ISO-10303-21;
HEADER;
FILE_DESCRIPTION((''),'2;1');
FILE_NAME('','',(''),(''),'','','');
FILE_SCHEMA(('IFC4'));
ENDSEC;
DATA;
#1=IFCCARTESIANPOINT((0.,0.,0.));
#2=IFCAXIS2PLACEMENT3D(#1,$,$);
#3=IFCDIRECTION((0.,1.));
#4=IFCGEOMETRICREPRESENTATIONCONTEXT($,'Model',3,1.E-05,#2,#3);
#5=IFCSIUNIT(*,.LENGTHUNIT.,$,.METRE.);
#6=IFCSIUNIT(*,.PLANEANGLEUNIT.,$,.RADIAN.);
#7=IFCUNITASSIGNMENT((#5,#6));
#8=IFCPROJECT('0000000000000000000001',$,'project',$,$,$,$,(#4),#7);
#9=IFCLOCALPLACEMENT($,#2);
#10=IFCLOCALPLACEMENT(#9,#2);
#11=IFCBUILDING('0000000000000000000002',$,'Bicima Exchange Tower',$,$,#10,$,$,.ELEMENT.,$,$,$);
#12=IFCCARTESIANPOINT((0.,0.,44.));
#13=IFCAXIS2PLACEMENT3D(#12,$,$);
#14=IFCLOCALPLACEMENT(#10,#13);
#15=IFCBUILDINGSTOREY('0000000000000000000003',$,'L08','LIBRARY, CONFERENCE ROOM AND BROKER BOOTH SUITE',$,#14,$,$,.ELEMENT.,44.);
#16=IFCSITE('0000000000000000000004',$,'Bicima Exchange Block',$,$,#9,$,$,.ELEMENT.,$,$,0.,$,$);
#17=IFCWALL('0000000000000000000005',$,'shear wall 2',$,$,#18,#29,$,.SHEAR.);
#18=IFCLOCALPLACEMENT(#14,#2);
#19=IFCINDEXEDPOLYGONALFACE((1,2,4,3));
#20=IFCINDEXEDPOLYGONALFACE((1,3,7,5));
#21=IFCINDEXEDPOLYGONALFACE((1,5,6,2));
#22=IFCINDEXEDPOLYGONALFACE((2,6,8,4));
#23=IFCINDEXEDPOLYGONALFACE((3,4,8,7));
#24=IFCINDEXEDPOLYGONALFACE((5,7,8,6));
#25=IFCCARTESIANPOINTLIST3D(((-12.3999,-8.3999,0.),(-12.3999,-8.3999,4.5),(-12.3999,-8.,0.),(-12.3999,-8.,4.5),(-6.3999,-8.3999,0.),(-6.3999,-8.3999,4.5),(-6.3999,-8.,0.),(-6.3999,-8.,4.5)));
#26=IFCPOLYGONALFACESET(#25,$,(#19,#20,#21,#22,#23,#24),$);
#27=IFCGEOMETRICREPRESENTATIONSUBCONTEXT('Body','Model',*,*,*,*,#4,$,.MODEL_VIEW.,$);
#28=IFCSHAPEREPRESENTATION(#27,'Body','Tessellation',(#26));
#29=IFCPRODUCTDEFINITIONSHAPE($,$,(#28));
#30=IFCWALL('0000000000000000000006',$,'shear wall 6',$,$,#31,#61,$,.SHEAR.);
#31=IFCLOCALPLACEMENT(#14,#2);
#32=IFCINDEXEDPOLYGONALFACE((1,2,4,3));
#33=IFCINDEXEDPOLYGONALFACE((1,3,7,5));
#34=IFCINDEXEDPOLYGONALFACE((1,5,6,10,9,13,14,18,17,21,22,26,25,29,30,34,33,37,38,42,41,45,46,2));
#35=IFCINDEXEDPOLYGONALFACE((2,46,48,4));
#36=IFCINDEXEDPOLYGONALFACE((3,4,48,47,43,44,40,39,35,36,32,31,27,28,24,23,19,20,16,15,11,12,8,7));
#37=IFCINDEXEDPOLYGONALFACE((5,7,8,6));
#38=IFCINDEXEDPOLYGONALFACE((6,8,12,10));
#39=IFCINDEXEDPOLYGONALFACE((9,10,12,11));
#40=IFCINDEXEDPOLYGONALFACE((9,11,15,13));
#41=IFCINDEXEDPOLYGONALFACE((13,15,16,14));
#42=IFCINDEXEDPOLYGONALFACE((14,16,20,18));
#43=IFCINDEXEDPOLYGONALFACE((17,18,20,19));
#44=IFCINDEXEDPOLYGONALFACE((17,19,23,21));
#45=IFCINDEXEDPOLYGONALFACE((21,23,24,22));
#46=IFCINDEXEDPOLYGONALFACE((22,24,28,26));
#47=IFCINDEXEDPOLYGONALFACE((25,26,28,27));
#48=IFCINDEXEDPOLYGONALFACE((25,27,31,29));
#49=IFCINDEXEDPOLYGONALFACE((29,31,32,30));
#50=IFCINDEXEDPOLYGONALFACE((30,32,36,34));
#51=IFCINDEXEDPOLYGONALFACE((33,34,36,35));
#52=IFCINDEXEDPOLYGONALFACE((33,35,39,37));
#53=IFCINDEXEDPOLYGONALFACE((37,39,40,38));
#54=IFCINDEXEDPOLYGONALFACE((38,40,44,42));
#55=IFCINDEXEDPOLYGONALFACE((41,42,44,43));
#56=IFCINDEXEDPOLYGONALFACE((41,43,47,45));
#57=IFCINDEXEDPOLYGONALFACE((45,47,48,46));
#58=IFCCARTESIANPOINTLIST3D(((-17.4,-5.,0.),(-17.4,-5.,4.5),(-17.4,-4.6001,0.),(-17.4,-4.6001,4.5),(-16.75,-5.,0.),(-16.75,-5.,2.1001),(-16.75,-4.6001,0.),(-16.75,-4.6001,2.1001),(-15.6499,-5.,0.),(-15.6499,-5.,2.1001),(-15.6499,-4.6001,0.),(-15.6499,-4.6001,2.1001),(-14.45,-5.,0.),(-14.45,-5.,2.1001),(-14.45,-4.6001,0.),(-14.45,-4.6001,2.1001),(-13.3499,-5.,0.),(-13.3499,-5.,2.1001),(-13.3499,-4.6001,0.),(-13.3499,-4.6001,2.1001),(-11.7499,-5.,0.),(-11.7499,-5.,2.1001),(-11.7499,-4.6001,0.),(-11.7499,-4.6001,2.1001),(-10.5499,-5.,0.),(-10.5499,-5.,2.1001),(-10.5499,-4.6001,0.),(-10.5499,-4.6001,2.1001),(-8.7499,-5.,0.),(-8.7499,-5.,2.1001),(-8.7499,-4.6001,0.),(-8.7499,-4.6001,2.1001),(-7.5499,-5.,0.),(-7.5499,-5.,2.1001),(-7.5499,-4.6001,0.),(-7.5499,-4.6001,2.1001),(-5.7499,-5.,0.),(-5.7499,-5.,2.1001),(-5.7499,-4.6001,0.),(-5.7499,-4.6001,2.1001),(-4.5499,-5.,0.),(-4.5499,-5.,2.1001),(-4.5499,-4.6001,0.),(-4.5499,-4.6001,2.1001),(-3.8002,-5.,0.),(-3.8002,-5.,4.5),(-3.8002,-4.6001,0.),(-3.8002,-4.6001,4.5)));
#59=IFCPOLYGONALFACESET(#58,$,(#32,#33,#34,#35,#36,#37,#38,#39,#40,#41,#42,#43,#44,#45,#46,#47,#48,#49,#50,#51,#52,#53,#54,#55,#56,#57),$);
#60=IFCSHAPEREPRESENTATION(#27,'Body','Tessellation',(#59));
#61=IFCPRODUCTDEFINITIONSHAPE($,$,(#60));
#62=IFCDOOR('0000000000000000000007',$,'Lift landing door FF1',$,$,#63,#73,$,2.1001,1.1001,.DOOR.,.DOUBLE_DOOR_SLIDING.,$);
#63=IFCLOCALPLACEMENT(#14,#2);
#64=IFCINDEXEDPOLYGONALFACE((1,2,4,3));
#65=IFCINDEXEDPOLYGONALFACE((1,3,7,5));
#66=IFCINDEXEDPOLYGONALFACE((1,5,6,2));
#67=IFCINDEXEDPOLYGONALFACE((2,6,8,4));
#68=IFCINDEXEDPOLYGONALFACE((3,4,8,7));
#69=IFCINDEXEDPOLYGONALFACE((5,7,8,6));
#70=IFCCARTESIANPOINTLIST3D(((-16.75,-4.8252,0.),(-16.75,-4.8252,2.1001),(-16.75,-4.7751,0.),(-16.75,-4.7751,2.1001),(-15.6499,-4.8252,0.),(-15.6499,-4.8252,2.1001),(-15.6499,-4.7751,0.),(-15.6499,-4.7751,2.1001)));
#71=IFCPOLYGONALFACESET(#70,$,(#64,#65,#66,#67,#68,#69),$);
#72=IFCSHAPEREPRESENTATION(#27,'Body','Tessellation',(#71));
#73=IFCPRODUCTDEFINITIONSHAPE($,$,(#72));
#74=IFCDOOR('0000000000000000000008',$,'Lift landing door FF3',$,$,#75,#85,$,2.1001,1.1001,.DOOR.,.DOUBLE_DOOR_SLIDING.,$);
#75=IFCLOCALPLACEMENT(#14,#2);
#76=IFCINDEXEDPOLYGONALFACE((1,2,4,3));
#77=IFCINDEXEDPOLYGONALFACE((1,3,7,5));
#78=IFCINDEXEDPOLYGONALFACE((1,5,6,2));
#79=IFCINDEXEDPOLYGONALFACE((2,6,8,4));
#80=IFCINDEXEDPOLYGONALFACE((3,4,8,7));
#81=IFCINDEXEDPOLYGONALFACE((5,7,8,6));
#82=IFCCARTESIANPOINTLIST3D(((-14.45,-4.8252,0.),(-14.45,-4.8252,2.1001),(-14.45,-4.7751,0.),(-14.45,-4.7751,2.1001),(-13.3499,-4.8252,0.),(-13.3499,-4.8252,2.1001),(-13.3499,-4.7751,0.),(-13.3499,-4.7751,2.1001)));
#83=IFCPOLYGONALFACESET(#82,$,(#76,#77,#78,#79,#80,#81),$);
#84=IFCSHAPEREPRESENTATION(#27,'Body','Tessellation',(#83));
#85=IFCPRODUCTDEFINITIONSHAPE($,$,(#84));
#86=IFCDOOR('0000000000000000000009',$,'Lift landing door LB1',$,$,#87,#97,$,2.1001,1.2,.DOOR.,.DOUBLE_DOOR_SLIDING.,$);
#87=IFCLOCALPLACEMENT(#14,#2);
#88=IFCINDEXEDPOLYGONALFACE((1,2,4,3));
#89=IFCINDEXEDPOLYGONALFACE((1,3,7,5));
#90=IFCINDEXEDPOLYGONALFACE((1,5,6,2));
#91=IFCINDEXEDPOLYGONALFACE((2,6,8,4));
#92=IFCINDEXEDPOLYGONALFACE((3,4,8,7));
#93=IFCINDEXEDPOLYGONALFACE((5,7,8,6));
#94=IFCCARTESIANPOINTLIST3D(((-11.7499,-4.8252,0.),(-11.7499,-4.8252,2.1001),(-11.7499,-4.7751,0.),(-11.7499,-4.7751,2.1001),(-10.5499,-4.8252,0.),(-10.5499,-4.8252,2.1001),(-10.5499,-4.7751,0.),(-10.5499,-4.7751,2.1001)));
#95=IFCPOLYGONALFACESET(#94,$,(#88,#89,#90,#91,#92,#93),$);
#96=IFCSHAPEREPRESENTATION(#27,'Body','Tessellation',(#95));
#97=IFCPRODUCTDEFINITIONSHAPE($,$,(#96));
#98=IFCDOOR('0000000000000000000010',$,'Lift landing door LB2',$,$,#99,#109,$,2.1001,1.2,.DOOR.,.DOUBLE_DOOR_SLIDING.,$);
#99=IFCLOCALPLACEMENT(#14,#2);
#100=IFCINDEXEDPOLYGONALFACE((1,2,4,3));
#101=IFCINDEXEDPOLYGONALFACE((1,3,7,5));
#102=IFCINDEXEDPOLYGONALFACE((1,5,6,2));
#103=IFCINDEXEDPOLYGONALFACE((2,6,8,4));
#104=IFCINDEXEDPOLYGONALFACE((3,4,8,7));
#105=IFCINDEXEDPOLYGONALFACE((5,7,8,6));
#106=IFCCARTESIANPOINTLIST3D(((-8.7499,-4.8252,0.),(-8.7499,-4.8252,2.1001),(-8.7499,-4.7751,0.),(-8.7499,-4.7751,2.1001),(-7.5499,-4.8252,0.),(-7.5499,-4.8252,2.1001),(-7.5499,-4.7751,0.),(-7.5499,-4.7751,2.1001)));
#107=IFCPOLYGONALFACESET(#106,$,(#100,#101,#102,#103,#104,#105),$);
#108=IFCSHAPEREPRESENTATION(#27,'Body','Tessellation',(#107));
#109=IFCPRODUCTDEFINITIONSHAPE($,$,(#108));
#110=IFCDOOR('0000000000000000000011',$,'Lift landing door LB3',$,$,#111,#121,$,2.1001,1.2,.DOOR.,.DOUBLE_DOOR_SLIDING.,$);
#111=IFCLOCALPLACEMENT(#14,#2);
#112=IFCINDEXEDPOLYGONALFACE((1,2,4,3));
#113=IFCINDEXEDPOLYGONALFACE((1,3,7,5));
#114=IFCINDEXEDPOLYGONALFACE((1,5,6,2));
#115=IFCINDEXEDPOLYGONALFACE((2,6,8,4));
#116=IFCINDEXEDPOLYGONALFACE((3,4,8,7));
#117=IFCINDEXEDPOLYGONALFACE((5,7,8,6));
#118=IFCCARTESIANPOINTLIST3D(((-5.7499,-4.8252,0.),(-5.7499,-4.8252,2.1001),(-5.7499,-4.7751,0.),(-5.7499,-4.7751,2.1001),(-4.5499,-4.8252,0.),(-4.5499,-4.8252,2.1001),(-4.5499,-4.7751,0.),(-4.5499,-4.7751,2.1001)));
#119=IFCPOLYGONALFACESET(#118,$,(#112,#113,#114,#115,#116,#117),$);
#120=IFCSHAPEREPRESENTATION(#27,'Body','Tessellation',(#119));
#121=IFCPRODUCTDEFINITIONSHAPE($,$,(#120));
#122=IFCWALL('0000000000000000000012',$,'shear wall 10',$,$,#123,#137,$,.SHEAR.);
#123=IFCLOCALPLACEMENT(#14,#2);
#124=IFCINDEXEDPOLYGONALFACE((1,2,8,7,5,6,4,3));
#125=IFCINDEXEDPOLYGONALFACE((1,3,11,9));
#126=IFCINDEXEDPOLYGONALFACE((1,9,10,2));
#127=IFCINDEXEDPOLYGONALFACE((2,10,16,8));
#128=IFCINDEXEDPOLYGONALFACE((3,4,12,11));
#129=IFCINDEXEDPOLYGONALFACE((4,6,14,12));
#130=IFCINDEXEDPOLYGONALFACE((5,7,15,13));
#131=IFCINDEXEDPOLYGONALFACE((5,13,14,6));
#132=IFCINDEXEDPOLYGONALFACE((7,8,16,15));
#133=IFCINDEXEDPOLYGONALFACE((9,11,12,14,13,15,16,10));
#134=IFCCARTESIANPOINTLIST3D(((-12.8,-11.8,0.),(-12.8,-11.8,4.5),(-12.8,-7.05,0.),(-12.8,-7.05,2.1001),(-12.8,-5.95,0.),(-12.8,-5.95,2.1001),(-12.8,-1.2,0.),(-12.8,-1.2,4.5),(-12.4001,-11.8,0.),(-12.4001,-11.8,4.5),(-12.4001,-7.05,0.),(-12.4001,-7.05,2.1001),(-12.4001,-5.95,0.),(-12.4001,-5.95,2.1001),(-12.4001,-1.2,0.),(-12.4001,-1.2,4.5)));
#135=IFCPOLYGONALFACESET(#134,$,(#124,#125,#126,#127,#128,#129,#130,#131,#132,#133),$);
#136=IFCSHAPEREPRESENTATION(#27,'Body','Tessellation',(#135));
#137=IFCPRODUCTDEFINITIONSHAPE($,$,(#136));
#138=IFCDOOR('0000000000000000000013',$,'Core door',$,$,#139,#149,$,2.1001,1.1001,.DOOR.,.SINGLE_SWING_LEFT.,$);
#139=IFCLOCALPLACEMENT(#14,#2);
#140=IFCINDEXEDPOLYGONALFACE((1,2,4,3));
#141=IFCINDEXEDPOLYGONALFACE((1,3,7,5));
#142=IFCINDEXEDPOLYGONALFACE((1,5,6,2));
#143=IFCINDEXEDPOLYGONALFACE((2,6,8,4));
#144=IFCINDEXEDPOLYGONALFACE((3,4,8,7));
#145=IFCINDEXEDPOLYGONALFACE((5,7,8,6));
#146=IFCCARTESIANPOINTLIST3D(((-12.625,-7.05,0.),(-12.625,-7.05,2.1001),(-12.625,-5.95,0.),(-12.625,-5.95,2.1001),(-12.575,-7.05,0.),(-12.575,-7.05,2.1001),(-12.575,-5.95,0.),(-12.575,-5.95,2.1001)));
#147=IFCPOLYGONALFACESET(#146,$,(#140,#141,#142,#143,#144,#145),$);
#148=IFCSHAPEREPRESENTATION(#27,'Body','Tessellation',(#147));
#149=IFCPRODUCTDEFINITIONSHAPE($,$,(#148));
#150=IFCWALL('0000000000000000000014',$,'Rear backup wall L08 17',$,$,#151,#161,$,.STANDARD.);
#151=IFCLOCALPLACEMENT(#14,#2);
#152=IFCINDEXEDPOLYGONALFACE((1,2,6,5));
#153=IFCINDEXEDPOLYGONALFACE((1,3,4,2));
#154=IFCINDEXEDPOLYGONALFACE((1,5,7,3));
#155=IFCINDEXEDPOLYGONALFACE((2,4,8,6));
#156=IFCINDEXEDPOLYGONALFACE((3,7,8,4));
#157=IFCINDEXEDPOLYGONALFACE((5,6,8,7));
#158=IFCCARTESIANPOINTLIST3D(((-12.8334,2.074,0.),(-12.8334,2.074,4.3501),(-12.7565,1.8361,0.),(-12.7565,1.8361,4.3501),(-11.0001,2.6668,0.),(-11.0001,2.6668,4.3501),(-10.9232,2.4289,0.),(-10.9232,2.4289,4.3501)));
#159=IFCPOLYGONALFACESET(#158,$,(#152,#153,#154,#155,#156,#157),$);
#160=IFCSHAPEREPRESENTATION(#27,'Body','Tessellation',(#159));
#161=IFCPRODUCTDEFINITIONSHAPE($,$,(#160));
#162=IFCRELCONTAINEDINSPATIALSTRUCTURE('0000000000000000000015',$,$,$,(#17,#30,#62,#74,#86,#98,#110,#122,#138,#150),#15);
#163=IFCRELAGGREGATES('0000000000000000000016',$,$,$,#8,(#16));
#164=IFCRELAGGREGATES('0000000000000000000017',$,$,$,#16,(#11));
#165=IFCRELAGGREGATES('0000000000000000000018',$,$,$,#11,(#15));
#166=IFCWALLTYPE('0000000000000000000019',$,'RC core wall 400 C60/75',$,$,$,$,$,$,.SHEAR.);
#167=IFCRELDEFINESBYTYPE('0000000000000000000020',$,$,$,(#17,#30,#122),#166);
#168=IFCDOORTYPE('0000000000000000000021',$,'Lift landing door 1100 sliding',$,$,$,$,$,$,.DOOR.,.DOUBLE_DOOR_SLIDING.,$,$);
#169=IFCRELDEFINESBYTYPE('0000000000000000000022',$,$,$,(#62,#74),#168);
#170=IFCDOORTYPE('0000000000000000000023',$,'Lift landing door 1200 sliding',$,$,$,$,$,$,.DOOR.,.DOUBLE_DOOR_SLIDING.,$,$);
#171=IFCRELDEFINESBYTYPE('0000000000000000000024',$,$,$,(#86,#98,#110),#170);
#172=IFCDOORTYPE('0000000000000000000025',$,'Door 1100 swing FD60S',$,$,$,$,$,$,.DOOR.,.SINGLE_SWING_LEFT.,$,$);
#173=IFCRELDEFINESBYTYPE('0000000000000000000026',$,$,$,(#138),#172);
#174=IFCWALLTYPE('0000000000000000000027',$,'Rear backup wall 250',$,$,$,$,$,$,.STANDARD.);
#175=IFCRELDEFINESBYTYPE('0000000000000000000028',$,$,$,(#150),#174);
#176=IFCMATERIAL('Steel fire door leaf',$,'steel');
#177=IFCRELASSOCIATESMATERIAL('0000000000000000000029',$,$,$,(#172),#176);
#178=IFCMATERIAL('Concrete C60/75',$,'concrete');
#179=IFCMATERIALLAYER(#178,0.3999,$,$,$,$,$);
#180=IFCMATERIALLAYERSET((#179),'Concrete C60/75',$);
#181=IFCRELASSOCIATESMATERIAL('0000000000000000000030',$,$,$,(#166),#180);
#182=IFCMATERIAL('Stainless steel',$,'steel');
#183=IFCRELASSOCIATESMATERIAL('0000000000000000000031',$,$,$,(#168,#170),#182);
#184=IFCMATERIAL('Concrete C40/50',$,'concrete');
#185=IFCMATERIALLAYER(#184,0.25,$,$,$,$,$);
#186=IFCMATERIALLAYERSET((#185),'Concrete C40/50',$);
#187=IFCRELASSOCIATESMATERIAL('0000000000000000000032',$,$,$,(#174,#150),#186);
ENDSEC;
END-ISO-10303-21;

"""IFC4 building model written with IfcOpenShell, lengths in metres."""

from ifc_helpers import new_model, si_unit, direction, frame, frame_2d, origin, place, context, subcontext, project, spatial, rectangle, extrude, material, layer, layer_set, layer_usage, type_object, element, fill, save


model = new_model("IFC4")

# Units and contexts
model_context = context("Model", 3, precision=1e-05, world=origin(), true_north=direction((0.0, 1.0)))
body_context = subcontext(model_context, "Body", "Model", "MODEL_VIEW")
ifc_project = project(units=[si_unit("LENGTHUNIT", "METRE"), si_unit("PLANEANGLEUNIT", "RADIAN")], contexts=[model_context])

# Site, building, storey
site_placement = place(None, origin())
site = spatial("IfcSite", under=ifc_project, at=site_placement, Name="Bicima Exchange Block", CompositionType="ELEMENT", RefElevation=0.0)
building_placement = place(site_placement, origin())
building = spatial("IfcBuilding", under=site, at=building_placement, Name="Bicima Exchange Tower", CompositionType="ELEMENT")
storey_placement = place(building_placement, frame((0.0, 0.0, 44.0)))
storey = spatial("IfcBuildingStorey", under=building, at=storey_placement, Name="L08", Description="LIBRARY, CONFERENCE ROOM AND BROKER BOOTH SUITE", CompositionType="ELEMENT", Elevation=44.0)

# Shared definitions
ifc_material_1 = material(Name="Steel fire door leaf", Category="steel")
door_type_1 = type_object("IfcDoorType", Name="Door 1100 swing FD60S", OperationType="SINGLE_SWING_LEFT", PredefinedType="DOOR", material=ifc_material_1)

# Wall
ifc_material_2 = material(Name="Concrete C60/75", Category="concrete")
ifc_layer_1 = layer(ifc_material_2, 0.3999)
ifc_layer_set_1 = layer_set([ifc_layer_1], Name="Concrete C60/75")
wall_type_1 = type_object("IfcWallType", Name="RC core wall 400 C60/75", PredefinedType="SHEAR", material=ifc_layer_set_1)
wall_1_placement = place(storey_placement, frame((-12.3999, -8.2, 0.0), z_axis=(0.0, 0.0, 1.0), x_axis=(1.0, 0.0, 0.0)))
element("IfcWall", 1, at=wall_1_placement, inside=storey, type_object=wall_type_1, Name="shear wall 2", PredefinedType="SHEAR", context=body_context, shape_type="SweptSolid", body=[
    extrude(rectangle(XDim=6.0, YDim=0.3999, at=frame_2d((3.0, 0.0))), origin(), (0.0, 0.0, 1.0), 4.5),
])

# Wall, openings, doors
wall_2_placement = place(storey_placement, frame((-17.3999, -4.8, 0.0), z_axis=(0.0, 0.0, 1.0), x_axis=(1.0, 0.0, 0.0)))
wall_2 = element("IfcWall", 2, at=wall_2_placement, inside=storey, type_object=wall_type_1, Name="shear wall 6", PredefinedType="SHEAR", context=body_context, shape_type="SweptSolid", body=[
    extrude(rectangle(XDim=13.5999, YDim=0.3999, at=frame_2d((6.7998, 0.0))), origin(), (0.0, 0.0, 1.0), 4.5),
])
opening_1_placement = place(wall_2_placement, frame((0.6499, 0.0, 0.0)))
opening_1 = element("IfcOpeningElement", 3, at=opening_1_placement, cuts=wall_2, PredefinedType="OPENING", context=body_context, shape_type="SweptSolid", body=[
    extrude(rectangle(XDim=1.1001, YDim=2.1001, at=frame_2d((0.55, 1.05))), frame((0.0, 0.2119, 0.0), z_axis=(0.0, -1.0, 0.0), x_axis=(1.0, 0.0, 0.0)), (0.0, 0.0, 1.0), 0.4238),
])
opening_2_placement = place(wall_2_placement, frame((2.95, 0.0, 0.0)))
opening_2 = element("IfcOpeningElement", 4, at=opening_2_placement, cuts=wall_2, PredefinedType="OPENING", context=body_context, shape_type="SweptSolid", body=[
    extrude(rectangle(XDim=1.1001, YDim=2.1001, at=frame_2d((0.55, 1.05))), frame((0.0, 0.2119, 0.0), z_axis=(0.0, -1.0, 0.0), x_axis=(1.0, 0.0, 0.0)), (0.0, 0.0, 1.0), 0.4238),
])
opening_3_placement = place(wall_2_placement, frame((5.6499, 0.0, 0.0)))
opening_3 = element("IfcOpeningElement", 5, at=opening_3_placement, cuts=wall_2, PredefinedType="OPENING", context=body_context, shape_type="SweptSolid", body=[
    extrude(rectangle(XDim=1.2, YDim=2.1001, at=frame_2d((0.6001, 1.05))), frame((0.0, 0.2119, 0.0), z_axis=(0.0, -1.0, 0.0), x_axis=(1.0, 0.0, 0.0)), (0.0, 0.0, 1.0), 0.4238),
])
opening_4_placement = place(wall_2_placement, frame((8.6499, 0.0, 0.0)))
opening_4 = element("IfcOpeningElement", 6, at=opening_4_placement, cuts=wall_2, PredefinedType="OPENING", context=body_context, shape_type="SweptSolid", body=[
    extrude(rectangle(XDim=1.2, YDim=2.1001, at=frame_2d((0.6001, 1.05))), frame((0.0, 0.2119, 0.0), z_axis=(0.0, -1.0, 0.0), x_axis=(1.0, 0.0, 0.0)), (0.0, 0.0, 1.0), 0.4238),
])
opening_5_placement = place(wall_2_placement, frame((11.6499, 0.0, 0.0)))
opening_5 = element("IfcOpeningElement", 7, at=opening_5_placement, cuts=wall_2, PredefinedType="OPENING", context=body_context, shape_type="SweptSolid", body=[
    extrude(rectangle(XDim=1.2, YDim=2.1001, at=frame_2d((0.6001, 1.05))), frame((0.0, 0.2119, 0.0), z_axis=(0.0, -1.0, 0.0), x_axis=(1.0, 0.0, 0.0)), (0.0, 0.0, 1.0), 0.4238),
])
ifc_material_3 = material(Name="Stainless steel", Category="steel")
door_type_2 = type_object("IfcDoorType", Name="Lift landing door 1100 sliding", OperationType="DOUBLE_DOOR_SLIDING", PredefinedType="DOOR", material=ifc_material_3)
door_1_placement = place(opening_1_placement, origin())
door_1 = element("IfcDoor", 8, at=door_1_placement, inside=storey, type_object=door_type_2, Name="Lift landing door FF1", OperationType="DOUBLE_DOOR_SLIDING", OverallHeight=2.1001, OverallWidth=1.1001, PredefinedType="DOOR", context=body_context, shape_type="SweptSolid", body=[
    extrude(rectangle(XDim=1.1001, YDim=2.1001, at=frame_2d((0.55, 1.05))), frame((0.0, 0.0249, 0.0), z_axis=(0.0, -1.0, 0.0), x_axis=(1.0, 0.0, 0.0)), (0.0, 0.0, 1.0), 0.05),
])
fill(opening_1, door_1)
door_2_placement = place(opening_2_placement, origin())
door_2 = element("IfcDoor", 9, at=door_2_placement, inside=storey, type_object=door_type_2, Name="Lift landing door FF3", OperationType="DOUBLE_DOOR_SLIDING", OverallHeight=2.1001, OverallWidth=1.1001, PredefinedType="DOOR", context=body_context, shape_type="SweptSolid", body=[
    extrude(rectangle(XDim=1.1001, YDim=2.1001, at=frame_2d((0.55, 1.05))), frame((0.0, 0.0249, 0.0), z_axis=(0.0, -1.0, 0.0), x_axis=(1.0, 0.0, 0.0)), (0.0, 0.0, 1.0), 0.05),
])
fill(opening_2, door_2)
door_type_3 = type_object("IfcDoorType", Name="Lift landing door 1200 sliding", OperationType="DOUBLE_DOOR_SLIDING", PredefinedType="DOOR", material=ifc_material_3)
door_3_placement = place(opening_3_placement, origin())
door_3 = element("IfcDoor", 10, at=door_3_placement, inside=storey, type_object=door_type_3, Name="Lift landing door LB1", OperationType="DOUBLE_DOOR_SLIDING", OverallHeight=2.1001, OverallWidth=1.2, PredefinedType="DOOR", context=body_context, shape_type="SweptSolid", body=[
    extrude(rectangle(XDim=1.2, YDim=2.1001, at=frame_2d((0.6001, 1.05))), frame((0.0, 0.0249, 0.0), z_axis=(0.0, -1.0, 0.0), x_axis=(1.0, 0.0, 0.0)), (0.0, 0.0, 1.0), 0.05),
])
fill(opening_3, door_3)
door_4_placement = place(opening_4_placement, origin())
door_4 = element("IfcDoor", 11, at=door_4_placement, inside=storey, type_object=door_type_3, Name="Lift landing door LB2", OperationType="DOUBLE_DOOR_SLIDING", OverallHeight=2.1001, OverallWidth=1.2, PredefinedType="DOOR", context=body_context, shape_type="SweptSolid", body=[
    extrude(rectangle(XDim=1.2, YDim=2.1001, at=frame_2d((0.6001, 1.05))), frame((0.0, 0.0249, 0.0), z_axis=(0.0, -1.0, 0.0), x_axis=(1.0, 0.0, 0.0)), (0.0, 0.0, 1.0), 0.05),
])
fill(opening_4, door_4)
door_5_placement = place(opening_5_placement, origin())
door_5 = element("IfcDoor", 12, at=door_5_placement, inside=storey, type_object=door_type_3, Name="Lift landing door LB3", OperationType="DOUBLE_DOOR_SLIDING", OverallHeight=2.1001, OverallWidth=1.2, PredefinedType="DOOR", context=body_context, shape_type="SweptSolid", body=[
    extrude(rectangle(XDim=1.2, YDim=2.1001, at=frame_2d((0.6001, 1.05))), frame((0.0, 0.0249, 0.0), z_axis=(0.0, -1.0, 0.0), x_axis=(1.0, 0.0, 0.0)), (0.0, 0.0, 1.0), 0.05),
])
fill(opening_5, door_5)

# Wall, opening, door
wall_3_placement = place(storey_placement, frame((-12.6001, -11.8, 0.0), z_axis=(0.0, 0.0, 1.0), x_axis=(0.0, 1.0, 0.0)))
wall_3 = element("IfcWall", 13, at=wall_3_placement, inside=storey, type_object=wall_type_1, Name="shear wall 10", PredefinedType="SHEAR", context=body_context, shape_type="SweptSolid", body=[
    extrude(rectangle(XDim=10.6001, YDim=0.3999, at=frame_2d((5.3, 0.0))), origin(), (0.0, 0.0, 1.0), 4.5),
])
opening_6_placement = place(wall_3_placement, frame((4.75, 0.0, 0.0)))
opening_6 = element("IfcOpeningElement", 14, at=opening_6_placement, cuts=wall_3, PredefinedType="OPENING", context=body_context, shape_type="SweptSolid", body=[
    extrude(rectangle(XDim=1.1001, YDim=2.1001, at=frame_2d((0.55, 1.05))), frame((0.0, 0.2119, 0.0), z_axis=(0.0, -1.0, 0.0), x_axis=(1.0, 0.0, 0.0)), (0.0, 0.0, 1.0), 0.4238),
])
door_6_placement = place(opening_6_placement, origin())
door_6 = element("IfcDoor", 15, at=door_6_placement, inside=storey, type_object=door_type_1, Name="Core door", OperationType="SINGLE_SWING_LEFT", OverallHeight=2.1001, OverallWidth=1.1001, PredefinedType="DOOR", context=body_context, shape_type="SweptSolid", body=[
    extrude(rectangle(XDim=1.1001, YDim=2.1001, at=frame_2d((0.55, 1.05))), frame((0.0, 0.0249, 0.0), z_axis=(0.0, -1.0, 0.0), x_axis=(1.0, 0.0, 0.0)), (0.0, 0.0, 1.0), 0.05),
])
fill(opening_6, door_6)

# Wall
ifc_material_4 = material(Name="Concrete C40/50", Category="concrete")
ifc_layer_2 = layer(ifc_material_4, 0.25)
ifc_layer_set_2 = layer_set([ifc_layer_2], Name="Concrete C40/50")
ifc_layer_usage = layer_usage(ifc_layer_set_2, "AXIS2", "POSITIVE", -0.125)
wall_type_2 = type_object("IfcWallType", Name="Rear backup wall 250", PredefinedType="STANDARD", material=ifc_layer_set_2)
wall_4_placement = place(storey_placement, frame((-10.9617, 2.5479, 0.0), z_axis=(0.0, 0.0, 1.0), x_axis=(-0.951496, -0.307662, 0.0)))
element("IfcWall", 16, at=wall_4_placement, inside=storey, type_object=wall_type_2, material=ifc_layer_usage, Name="Rear backup wall L08 17", PredefinedType="STANDARD", context=body_context, shape_type="SweptSolid", body=[
    extrude(rectangle(XDim=1.9268, YDim=0.25, at=frame_2d((0.9634, 0.0))), origin(), (0.0, 0.0, 1.0), 4.3501),
])

save(model, "model.ifc")
